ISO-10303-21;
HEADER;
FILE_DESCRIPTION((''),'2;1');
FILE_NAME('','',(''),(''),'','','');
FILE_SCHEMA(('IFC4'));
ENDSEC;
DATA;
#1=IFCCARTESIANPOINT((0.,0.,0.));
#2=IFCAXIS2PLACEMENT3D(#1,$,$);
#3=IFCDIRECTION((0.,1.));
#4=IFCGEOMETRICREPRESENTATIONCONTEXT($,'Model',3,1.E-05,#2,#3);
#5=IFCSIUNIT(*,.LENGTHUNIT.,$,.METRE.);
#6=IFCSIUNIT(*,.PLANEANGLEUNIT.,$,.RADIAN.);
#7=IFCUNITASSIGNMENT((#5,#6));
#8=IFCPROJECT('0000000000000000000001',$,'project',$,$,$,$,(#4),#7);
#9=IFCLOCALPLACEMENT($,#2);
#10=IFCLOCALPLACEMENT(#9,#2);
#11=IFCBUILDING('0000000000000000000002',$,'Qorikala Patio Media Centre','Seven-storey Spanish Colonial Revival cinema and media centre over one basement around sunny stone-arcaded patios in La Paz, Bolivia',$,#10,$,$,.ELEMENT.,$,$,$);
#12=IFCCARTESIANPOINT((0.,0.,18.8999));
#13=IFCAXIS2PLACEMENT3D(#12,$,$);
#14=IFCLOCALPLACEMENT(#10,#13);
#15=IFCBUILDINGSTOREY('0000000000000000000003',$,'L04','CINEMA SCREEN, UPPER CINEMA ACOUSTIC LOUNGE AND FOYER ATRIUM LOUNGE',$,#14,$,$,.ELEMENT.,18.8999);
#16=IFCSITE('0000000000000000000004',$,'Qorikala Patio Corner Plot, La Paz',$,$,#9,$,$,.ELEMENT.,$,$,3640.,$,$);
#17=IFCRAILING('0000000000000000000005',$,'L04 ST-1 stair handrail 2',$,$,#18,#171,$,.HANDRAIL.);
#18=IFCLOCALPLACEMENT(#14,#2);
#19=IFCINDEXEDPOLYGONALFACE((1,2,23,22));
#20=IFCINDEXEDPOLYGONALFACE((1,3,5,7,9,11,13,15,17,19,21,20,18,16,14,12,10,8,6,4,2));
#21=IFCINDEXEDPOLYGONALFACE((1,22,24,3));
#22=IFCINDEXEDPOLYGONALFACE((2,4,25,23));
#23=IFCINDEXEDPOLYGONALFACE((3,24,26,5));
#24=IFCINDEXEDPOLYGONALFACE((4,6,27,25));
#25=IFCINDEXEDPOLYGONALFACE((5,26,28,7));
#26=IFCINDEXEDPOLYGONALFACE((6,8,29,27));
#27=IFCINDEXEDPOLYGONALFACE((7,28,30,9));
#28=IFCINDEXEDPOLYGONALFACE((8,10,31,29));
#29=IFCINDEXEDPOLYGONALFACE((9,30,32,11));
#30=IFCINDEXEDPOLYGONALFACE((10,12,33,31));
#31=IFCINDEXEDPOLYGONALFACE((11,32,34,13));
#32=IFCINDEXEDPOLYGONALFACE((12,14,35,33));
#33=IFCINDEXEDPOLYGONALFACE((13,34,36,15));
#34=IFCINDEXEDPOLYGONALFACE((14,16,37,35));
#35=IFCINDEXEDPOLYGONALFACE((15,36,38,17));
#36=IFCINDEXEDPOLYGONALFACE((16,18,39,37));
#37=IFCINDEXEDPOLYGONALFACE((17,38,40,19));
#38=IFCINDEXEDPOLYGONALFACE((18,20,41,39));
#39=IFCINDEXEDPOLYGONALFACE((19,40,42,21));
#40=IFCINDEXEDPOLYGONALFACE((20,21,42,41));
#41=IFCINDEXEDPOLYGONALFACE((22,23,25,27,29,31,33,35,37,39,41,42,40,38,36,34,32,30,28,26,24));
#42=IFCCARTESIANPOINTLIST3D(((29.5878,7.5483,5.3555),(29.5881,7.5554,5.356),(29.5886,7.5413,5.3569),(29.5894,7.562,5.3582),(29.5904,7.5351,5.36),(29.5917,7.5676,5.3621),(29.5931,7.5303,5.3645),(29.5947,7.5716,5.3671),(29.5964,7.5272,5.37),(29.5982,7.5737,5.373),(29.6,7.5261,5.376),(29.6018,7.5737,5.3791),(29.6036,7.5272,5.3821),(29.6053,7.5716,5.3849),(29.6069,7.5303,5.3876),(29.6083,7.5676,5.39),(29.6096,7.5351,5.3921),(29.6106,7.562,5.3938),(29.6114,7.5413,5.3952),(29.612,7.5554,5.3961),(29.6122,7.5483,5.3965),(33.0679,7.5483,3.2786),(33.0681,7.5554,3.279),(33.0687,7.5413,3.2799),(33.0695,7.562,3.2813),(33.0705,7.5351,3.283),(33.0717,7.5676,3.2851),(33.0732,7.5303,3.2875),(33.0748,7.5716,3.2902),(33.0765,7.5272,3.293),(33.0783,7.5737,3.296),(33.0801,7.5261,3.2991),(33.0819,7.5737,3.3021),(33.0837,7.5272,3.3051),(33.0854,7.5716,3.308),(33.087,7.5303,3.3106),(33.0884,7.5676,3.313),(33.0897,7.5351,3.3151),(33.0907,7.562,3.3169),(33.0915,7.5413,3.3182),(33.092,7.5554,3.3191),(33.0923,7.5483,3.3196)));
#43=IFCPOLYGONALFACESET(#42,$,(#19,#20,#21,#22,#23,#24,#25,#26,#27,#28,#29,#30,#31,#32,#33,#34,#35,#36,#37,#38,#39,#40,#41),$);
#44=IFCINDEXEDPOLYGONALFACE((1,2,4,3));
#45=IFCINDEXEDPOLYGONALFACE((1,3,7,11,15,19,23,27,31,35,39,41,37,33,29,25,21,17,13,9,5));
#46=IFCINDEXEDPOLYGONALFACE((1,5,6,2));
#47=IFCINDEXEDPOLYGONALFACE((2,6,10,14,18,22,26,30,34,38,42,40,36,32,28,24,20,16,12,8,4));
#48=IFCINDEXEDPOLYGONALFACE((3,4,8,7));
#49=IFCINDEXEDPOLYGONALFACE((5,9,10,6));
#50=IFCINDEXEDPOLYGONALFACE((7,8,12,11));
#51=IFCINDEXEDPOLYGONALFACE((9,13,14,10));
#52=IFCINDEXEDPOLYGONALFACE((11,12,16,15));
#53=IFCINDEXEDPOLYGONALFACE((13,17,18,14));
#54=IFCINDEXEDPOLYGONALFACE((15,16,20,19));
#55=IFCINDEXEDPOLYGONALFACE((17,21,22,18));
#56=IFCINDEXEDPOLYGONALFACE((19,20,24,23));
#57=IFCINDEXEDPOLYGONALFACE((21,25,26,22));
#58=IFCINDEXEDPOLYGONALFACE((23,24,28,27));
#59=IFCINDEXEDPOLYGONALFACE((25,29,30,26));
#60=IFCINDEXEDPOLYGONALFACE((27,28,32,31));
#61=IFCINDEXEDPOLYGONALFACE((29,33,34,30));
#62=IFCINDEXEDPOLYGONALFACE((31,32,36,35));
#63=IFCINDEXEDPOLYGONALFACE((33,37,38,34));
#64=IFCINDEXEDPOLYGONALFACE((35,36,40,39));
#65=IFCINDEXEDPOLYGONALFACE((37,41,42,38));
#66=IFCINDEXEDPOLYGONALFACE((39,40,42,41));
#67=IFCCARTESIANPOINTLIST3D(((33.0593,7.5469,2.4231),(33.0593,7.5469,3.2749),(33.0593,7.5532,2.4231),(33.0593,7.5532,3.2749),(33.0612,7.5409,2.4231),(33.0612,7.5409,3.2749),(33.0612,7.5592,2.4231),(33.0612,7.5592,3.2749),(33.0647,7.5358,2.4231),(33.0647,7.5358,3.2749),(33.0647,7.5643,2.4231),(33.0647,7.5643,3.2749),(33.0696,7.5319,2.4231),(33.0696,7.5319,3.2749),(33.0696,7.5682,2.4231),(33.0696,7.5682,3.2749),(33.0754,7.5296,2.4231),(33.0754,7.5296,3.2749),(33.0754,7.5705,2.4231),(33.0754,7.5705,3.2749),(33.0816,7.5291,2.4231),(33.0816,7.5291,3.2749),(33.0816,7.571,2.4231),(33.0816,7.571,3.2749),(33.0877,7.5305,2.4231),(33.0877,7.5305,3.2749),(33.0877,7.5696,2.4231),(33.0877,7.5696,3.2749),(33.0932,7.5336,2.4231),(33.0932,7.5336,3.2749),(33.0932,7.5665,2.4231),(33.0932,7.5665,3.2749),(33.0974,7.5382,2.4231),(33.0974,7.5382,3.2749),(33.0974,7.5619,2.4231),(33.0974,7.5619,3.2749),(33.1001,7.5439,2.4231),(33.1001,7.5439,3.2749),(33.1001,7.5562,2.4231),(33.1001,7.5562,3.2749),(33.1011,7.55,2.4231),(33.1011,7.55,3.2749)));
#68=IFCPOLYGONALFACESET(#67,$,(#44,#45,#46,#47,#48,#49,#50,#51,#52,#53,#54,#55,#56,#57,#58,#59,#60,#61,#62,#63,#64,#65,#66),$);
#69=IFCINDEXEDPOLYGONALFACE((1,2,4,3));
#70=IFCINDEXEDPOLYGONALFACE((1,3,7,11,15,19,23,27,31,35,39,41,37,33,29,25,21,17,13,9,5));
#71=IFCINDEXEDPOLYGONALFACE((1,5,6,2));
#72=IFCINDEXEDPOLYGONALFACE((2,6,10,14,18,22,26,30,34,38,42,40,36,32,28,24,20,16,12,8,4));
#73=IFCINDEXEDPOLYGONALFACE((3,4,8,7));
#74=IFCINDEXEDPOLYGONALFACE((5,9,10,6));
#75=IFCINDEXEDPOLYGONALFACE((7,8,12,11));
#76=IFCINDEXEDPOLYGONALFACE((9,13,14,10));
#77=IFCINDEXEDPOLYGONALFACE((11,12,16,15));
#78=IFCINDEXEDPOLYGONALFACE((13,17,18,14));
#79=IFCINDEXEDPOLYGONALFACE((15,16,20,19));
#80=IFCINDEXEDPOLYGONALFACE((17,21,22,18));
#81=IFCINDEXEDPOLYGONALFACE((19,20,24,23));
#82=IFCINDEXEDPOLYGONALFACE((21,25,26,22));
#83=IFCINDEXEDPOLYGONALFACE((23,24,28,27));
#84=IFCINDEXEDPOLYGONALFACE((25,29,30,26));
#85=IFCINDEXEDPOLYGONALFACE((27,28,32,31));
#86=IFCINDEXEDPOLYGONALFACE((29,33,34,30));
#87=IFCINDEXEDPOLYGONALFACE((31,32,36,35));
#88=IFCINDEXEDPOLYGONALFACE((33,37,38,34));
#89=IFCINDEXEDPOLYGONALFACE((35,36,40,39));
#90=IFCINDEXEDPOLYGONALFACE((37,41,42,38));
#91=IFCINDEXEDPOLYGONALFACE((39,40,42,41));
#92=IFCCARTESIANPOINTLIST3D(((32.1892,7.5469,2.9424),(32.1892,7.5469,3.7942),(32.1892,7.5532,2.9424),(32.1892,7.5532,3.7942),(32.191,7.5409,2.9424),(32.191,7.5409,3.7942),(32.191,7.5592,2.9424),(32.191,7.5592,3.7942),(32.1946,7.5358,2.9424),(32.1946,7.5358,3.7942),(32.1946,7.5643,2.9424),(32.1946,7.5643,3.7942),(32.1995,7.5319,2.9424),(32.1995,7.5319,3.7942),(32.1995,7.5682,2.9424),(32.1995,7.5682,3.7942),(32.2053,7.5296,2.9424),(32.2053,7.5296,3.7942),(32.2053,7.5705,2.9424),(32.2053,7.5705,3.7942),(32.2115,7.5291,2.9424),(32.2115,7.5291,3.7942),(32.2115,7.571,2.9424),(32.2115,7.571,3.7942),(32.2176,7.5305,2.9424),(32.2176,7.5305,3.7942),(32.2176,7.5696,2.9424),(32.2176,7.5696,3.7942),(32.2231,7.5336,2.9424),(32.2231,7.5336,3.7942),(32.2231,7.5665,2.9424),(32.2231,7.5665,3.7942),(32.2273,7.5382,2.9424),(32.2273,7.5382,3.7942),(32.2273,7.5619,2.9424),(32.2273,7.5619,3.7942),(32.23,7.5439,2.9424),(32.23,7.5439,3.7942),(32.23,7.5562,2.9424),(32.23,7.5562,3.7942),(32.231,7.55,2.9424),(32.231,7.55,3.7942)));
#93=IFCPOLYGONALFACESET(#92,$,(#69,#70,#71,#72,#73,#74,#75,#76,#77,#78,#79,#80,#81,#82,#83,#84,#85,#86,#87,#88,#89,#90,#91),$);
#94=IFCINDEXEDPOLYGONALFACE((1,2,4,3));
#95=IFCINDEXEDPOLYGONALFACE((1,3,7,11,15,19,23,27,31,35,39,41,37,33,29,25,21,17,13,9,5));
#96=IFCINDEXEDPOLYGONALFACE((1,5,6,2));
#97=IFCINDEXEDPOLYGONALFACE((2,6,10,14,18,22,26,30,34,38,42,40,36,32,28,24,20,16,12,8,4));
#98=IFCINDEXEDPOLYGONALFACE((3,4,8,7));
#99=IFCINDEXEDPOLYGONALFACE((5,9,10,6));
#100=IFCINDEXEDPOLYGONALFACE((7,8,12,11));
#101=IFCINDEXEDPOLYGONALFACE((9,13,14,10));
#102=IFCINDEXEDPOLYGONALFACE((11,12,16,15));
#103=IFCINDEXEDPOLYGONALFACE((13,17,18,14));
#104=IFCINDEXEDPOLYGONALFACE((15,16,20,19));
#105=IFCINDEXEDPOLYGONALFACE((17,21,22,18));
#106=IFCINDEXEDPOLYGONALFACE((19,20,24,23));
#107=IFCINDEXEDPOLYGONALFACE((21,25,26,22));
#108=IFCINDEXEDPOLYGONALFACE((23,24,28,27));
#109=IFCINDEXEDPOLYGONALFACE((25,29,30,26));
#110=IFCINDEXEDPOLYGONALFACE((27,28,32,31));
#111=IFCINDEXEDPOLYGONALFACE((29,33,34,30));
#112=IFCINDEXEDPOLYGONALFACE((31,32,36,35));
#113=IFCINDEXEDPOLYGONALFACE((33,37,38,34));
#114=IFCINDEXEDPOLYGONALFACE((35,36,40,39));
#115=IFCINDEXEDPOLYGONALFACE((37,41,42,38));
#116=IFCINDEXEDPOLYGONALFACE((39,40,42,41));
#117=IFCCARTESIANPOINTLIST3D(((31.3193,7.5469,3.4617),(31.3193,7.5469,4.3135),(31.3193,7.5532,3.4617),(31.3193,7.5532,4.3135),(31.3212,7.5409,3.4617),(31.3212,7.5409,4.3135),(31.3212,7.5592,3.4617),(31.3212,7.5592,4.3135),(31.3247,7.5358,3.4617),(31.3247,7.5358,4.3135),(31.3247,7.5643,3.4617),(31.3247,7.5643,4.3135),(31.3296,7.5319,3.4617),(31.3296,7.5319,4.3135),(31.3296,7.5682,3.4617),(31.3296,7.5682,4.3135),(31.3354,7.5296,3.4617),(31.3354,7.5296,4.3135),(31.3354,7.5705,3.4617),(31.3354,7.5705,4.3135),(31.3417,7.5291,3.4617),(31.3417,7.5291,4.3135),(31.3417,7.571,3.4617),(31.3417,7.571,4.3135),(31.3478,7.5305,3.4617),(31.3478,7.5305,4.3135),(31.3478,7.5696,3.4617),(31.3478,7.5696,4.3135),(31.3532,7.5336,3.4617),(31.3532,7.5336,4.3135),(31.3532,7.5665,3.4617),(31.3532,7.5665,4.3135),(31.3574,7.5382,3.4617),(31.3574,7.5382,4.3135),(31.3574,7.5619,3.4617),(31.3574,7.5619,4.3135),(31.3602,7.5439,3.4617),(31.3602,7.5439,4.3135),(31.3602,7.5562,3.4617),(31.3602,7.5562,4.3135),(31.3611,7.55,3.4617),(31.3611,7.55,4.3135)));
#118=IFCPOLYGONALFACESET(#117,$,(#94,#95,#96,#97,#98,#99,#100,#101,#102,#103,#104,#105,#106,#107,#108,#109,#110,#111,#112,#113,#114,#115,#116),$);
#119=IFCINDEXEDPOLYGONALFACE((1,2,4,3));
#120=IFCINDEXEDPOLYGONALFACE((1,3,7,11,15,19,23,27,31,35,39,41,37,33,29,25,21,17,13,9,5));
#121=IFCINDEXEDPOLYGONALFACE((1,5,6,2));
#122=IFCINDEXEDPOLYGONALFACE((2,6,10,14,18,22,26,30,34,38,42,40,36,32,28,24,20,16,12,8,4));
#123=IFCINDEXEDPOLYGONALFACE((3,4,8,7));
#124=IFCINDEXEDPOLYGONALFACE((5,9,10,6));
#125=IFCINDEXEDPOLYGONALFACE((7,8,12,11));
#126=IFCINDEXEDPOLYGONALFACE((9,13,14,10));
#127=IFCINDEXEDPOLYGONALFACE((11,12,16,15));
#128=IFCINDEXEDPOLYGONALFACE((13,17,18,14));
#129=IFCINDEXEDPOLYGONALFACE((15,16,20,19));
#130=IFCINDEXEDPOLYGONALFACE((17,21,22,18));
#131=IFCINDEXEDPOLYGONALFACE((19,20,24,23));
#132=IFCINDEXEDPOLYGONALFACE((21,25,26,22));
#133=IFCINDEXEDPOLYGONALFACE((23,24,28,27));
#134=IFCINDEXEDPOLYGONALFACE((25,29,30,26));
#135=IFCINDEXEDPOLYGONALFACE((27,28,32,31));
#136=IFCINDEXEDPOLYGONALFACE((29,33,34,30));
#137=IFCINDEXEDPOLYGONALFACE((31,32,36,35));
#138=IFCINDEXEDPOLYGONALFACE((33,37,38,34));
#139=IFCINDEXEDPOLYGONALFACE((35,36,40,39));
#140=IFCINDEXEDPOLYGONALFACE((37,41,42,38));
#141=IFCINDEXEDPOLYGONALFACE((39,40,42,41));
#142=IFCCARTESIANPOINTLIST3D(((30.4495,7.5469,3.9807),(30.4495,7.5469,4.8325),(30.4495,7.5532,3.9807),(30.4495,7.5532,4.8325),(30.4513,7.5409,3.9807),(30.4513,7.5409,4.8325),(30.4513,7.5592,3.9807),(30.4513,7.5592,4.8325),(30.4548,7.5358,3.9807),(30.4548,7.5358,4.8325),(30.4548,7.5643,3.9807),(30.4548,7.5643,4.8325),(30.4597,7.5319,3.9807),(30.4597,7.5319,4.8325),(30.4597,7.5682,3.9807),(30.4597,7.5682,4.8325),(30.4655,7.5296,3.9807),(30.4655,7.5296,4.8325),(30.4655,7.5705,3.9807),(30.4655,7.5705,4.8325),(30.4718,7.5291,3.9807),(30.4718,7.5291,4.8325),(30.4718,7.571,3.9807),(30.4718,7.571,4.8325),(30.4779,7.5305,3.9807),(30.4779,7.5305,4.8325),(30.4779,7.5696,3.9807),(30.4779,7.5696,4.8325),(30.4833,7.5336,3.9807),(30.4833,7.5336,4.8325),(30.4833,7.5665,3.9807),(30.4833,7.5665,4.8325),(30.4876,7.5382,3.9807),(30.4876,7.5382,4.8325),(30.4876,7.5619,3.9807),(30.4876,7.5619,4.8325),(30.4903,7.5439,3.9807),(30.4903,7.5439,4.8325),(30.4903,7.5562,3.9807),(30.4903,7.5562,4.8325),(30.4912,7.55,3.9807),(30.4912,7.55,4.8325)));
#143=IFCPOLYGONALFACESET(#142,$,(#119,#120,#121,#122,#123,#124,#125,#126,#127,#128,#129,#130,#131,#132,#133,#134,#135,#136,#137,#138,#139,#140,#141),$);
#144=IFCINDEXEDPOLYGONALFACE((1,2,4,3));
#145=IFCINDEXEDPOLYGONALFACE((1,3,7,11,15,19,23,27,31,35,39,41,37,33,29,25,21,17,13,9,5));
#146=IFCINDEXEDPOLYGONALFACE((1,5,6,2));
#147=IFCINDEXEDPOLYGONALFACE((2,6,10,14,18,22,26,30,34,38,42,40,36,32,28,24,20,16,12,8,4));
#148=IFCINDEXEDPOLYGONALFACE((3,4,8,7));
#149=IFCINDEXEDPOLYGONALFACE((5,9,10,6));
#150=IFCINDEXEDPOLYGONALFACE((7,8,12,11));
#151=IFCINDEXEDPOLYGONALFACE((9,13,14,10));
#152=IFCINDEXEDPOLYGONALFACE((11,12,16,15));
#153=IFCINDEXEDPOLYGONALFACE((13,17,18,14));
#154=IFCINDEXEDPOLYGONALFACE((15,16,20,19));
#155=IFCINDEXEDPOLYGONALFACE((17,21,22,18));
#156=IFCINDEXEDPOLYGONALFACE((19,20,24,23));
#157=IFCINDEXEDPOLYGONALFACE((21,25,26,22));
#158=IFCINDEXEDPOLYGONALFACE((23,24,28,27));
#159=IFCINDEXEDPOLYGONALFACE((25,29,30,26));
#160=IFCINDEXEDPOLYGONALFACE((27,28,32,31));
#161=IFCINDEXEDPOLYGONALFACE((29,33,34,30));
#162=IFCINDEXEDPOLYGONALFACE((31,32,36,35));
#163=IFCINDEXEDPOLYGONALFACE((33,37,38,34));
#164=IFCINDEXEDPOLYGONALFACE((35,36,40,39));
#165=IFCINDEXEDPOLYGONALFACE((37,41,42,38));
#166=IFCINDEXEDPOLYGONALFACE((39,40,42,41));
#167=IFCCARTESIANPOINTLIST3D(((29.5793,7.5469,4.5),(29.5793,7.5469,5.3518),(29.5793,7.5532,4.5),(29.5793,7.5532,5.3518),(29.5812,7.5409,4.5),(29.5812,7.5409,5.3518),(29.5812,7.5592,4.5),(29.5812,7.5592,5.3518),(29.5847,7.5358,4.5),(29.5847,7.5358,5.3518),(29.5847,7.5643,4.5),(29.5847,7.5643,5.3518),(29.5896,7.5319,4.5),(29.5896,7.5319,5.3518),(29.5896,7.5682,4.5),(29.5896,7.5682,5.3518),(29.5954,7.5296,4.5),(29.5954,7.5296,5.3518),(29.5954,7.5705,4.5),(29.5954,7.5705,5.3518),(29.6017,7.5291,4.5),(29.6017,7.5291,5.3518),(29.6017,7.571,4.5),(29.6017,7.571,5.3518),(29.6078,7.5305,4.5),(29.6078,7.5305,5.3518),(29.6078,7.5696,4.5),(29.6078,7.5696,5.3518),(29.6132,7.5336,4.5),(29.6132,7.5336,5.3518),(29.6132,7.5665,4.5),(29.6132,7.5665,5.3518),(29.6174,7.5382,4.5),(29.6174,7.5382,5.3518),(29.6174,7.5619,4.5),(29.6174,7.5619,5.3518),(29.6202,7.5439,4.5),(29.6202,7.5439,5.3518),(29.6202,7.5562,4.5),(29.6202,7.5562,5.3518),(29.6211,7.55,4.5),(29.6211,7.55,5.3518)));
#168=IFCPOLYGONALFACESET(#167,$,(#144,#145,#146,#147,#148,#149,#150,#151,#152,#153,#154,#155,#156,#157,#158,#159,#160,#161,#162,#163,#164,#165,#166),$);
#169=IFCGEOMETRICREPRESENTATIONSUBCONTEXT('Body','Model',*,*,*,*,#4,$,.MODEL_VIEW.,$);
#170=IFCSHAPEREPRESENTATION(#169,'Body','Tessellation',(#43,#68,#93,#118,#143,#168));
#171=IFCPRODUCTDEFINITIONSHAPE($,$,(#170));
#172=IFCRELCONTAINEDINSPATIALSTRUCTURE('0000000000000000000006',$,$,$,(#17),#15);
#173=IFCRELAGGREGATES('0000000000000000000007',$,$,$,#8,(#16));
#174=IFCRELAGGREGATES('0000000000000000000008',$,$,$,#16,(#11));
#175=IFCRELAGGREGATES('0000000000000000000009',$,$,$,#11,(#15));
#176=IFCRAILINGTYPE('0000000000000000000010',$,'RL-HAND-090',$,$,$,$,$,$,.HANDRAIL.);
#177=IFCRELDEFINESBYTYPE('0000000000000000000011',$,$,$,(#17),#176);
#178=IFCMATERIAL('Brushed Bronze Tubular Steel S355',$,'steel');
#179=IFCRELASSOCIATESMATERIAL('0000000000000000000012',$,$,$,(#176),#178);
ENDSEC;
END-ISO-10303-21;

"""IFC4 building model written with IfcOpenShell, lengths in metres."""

from ifc_helpers import new_model, si_unit, direction, frame, origin, origin_2d, place, context, subcontext, project, spatial, circle, extrude, material, type_object, element, save


model = new_model("IFC4")

# Units and contexts
model_context = context("Model", 3, precision=1e-05, world=origin(), true_north=direction((0.0, 1.0)))
body_context = subcontext(model_context, "Body", "Model", "MODEL_VIEW")
ifc_project = project(units=[si_unit("LENGTHUNIT", "METRE"), si_unit("PLANEANGLEUNIT", "RADIAN")], contexts=[model_context])

# Site, building, storey
site_placement = place(None, origin())
site = spatial("IfcSite", under=ifc_project, at=site_placement, Name="Qorikala Patio Corner Plot, La Paz", CompositionType="ELEMENT", RefElevation=3640.0)
building_placement = place(site_placement, origin())
building = spatial("IfcBuilding", under=site, at=building_placement, Name="Qorikala Patio Media Centre", Description="Seven-storey Spanish Colonial Revival cinema and media centre over one basement around sunny stone-arcaded patios in La Paz, Bolivia", CompositionType="ELEMENT")
storey_placement = place(building_placement, frame((0.0, 0.0, 18.8999)))
storey = spatial("IfcBuildingStorey", under=building, at=storey_placement, Name="L04", Description="CINEMA SCREEN, UPPER CINEMA ACOUSTIC LOUNGE AND FOYER ATRIUM LOUNGE", CompositionType="ELEMENT", Elevation=18.8999)

# Railing
ifc_material_1 = material(Name="Brushed Bronze Tubular Steel S355", Category="steel")
railing_type_1 = type_object("IfcRailingType", Name="RL-HAND-090", PredefinedType="HANDRAIL", material=ifc_material_1)
railing_1_placement = place(storey_placement, frame((33.0801, 7.55, 2.4231)))
element("IfcRailing", 1, at=railing_1_placement, inside=storey, type_object=railing_type_1, Name="L04 ST-1 stair handrail 2", PredefinedType="HANDRAIL", context=body_context, shape_type="SweptSolid", body=[
    extrude(circle(Radius=0.0239, at=origin_2d()), frame((0.0, 0.0, 0.876), z_axis=(-0.858697, 0.0, 0.512483), x_axis=(0.0, -1.0, 0.0)), (0.0, 0.0, 1.0), 4.0527),
    extrude(circle(Radius=0.021, at=origin_2d()), origin(), (0.0, 0.0, 1.0), 0.8518),
    extrude(circle(Radius=0.021, at=origin_2d()), frame((-0.8701, 0.0, 0.5193)), (0.0, 0.0, 1.0), 0.8518),
    extrude(circle(Radius=0.021, at=origin_2d()), frame((-1.74, 0.0, 1.0386)), (0.0, 0.0, 1.0), 0.8518),
    extrude(circle(Radius=0.021, at=origin_2d()), frame((-2.6099, 0.0, 1.5576)), (0.0, 0.0, 1.0), 0.8518),
    extrude(circle(Radius=0.021, at=origin_2d()), frame((-3.48, 0.0, 2.0769)), (0.0, 0.0, 1.0), 0.8518),
])

save(model, "model.ifc")
